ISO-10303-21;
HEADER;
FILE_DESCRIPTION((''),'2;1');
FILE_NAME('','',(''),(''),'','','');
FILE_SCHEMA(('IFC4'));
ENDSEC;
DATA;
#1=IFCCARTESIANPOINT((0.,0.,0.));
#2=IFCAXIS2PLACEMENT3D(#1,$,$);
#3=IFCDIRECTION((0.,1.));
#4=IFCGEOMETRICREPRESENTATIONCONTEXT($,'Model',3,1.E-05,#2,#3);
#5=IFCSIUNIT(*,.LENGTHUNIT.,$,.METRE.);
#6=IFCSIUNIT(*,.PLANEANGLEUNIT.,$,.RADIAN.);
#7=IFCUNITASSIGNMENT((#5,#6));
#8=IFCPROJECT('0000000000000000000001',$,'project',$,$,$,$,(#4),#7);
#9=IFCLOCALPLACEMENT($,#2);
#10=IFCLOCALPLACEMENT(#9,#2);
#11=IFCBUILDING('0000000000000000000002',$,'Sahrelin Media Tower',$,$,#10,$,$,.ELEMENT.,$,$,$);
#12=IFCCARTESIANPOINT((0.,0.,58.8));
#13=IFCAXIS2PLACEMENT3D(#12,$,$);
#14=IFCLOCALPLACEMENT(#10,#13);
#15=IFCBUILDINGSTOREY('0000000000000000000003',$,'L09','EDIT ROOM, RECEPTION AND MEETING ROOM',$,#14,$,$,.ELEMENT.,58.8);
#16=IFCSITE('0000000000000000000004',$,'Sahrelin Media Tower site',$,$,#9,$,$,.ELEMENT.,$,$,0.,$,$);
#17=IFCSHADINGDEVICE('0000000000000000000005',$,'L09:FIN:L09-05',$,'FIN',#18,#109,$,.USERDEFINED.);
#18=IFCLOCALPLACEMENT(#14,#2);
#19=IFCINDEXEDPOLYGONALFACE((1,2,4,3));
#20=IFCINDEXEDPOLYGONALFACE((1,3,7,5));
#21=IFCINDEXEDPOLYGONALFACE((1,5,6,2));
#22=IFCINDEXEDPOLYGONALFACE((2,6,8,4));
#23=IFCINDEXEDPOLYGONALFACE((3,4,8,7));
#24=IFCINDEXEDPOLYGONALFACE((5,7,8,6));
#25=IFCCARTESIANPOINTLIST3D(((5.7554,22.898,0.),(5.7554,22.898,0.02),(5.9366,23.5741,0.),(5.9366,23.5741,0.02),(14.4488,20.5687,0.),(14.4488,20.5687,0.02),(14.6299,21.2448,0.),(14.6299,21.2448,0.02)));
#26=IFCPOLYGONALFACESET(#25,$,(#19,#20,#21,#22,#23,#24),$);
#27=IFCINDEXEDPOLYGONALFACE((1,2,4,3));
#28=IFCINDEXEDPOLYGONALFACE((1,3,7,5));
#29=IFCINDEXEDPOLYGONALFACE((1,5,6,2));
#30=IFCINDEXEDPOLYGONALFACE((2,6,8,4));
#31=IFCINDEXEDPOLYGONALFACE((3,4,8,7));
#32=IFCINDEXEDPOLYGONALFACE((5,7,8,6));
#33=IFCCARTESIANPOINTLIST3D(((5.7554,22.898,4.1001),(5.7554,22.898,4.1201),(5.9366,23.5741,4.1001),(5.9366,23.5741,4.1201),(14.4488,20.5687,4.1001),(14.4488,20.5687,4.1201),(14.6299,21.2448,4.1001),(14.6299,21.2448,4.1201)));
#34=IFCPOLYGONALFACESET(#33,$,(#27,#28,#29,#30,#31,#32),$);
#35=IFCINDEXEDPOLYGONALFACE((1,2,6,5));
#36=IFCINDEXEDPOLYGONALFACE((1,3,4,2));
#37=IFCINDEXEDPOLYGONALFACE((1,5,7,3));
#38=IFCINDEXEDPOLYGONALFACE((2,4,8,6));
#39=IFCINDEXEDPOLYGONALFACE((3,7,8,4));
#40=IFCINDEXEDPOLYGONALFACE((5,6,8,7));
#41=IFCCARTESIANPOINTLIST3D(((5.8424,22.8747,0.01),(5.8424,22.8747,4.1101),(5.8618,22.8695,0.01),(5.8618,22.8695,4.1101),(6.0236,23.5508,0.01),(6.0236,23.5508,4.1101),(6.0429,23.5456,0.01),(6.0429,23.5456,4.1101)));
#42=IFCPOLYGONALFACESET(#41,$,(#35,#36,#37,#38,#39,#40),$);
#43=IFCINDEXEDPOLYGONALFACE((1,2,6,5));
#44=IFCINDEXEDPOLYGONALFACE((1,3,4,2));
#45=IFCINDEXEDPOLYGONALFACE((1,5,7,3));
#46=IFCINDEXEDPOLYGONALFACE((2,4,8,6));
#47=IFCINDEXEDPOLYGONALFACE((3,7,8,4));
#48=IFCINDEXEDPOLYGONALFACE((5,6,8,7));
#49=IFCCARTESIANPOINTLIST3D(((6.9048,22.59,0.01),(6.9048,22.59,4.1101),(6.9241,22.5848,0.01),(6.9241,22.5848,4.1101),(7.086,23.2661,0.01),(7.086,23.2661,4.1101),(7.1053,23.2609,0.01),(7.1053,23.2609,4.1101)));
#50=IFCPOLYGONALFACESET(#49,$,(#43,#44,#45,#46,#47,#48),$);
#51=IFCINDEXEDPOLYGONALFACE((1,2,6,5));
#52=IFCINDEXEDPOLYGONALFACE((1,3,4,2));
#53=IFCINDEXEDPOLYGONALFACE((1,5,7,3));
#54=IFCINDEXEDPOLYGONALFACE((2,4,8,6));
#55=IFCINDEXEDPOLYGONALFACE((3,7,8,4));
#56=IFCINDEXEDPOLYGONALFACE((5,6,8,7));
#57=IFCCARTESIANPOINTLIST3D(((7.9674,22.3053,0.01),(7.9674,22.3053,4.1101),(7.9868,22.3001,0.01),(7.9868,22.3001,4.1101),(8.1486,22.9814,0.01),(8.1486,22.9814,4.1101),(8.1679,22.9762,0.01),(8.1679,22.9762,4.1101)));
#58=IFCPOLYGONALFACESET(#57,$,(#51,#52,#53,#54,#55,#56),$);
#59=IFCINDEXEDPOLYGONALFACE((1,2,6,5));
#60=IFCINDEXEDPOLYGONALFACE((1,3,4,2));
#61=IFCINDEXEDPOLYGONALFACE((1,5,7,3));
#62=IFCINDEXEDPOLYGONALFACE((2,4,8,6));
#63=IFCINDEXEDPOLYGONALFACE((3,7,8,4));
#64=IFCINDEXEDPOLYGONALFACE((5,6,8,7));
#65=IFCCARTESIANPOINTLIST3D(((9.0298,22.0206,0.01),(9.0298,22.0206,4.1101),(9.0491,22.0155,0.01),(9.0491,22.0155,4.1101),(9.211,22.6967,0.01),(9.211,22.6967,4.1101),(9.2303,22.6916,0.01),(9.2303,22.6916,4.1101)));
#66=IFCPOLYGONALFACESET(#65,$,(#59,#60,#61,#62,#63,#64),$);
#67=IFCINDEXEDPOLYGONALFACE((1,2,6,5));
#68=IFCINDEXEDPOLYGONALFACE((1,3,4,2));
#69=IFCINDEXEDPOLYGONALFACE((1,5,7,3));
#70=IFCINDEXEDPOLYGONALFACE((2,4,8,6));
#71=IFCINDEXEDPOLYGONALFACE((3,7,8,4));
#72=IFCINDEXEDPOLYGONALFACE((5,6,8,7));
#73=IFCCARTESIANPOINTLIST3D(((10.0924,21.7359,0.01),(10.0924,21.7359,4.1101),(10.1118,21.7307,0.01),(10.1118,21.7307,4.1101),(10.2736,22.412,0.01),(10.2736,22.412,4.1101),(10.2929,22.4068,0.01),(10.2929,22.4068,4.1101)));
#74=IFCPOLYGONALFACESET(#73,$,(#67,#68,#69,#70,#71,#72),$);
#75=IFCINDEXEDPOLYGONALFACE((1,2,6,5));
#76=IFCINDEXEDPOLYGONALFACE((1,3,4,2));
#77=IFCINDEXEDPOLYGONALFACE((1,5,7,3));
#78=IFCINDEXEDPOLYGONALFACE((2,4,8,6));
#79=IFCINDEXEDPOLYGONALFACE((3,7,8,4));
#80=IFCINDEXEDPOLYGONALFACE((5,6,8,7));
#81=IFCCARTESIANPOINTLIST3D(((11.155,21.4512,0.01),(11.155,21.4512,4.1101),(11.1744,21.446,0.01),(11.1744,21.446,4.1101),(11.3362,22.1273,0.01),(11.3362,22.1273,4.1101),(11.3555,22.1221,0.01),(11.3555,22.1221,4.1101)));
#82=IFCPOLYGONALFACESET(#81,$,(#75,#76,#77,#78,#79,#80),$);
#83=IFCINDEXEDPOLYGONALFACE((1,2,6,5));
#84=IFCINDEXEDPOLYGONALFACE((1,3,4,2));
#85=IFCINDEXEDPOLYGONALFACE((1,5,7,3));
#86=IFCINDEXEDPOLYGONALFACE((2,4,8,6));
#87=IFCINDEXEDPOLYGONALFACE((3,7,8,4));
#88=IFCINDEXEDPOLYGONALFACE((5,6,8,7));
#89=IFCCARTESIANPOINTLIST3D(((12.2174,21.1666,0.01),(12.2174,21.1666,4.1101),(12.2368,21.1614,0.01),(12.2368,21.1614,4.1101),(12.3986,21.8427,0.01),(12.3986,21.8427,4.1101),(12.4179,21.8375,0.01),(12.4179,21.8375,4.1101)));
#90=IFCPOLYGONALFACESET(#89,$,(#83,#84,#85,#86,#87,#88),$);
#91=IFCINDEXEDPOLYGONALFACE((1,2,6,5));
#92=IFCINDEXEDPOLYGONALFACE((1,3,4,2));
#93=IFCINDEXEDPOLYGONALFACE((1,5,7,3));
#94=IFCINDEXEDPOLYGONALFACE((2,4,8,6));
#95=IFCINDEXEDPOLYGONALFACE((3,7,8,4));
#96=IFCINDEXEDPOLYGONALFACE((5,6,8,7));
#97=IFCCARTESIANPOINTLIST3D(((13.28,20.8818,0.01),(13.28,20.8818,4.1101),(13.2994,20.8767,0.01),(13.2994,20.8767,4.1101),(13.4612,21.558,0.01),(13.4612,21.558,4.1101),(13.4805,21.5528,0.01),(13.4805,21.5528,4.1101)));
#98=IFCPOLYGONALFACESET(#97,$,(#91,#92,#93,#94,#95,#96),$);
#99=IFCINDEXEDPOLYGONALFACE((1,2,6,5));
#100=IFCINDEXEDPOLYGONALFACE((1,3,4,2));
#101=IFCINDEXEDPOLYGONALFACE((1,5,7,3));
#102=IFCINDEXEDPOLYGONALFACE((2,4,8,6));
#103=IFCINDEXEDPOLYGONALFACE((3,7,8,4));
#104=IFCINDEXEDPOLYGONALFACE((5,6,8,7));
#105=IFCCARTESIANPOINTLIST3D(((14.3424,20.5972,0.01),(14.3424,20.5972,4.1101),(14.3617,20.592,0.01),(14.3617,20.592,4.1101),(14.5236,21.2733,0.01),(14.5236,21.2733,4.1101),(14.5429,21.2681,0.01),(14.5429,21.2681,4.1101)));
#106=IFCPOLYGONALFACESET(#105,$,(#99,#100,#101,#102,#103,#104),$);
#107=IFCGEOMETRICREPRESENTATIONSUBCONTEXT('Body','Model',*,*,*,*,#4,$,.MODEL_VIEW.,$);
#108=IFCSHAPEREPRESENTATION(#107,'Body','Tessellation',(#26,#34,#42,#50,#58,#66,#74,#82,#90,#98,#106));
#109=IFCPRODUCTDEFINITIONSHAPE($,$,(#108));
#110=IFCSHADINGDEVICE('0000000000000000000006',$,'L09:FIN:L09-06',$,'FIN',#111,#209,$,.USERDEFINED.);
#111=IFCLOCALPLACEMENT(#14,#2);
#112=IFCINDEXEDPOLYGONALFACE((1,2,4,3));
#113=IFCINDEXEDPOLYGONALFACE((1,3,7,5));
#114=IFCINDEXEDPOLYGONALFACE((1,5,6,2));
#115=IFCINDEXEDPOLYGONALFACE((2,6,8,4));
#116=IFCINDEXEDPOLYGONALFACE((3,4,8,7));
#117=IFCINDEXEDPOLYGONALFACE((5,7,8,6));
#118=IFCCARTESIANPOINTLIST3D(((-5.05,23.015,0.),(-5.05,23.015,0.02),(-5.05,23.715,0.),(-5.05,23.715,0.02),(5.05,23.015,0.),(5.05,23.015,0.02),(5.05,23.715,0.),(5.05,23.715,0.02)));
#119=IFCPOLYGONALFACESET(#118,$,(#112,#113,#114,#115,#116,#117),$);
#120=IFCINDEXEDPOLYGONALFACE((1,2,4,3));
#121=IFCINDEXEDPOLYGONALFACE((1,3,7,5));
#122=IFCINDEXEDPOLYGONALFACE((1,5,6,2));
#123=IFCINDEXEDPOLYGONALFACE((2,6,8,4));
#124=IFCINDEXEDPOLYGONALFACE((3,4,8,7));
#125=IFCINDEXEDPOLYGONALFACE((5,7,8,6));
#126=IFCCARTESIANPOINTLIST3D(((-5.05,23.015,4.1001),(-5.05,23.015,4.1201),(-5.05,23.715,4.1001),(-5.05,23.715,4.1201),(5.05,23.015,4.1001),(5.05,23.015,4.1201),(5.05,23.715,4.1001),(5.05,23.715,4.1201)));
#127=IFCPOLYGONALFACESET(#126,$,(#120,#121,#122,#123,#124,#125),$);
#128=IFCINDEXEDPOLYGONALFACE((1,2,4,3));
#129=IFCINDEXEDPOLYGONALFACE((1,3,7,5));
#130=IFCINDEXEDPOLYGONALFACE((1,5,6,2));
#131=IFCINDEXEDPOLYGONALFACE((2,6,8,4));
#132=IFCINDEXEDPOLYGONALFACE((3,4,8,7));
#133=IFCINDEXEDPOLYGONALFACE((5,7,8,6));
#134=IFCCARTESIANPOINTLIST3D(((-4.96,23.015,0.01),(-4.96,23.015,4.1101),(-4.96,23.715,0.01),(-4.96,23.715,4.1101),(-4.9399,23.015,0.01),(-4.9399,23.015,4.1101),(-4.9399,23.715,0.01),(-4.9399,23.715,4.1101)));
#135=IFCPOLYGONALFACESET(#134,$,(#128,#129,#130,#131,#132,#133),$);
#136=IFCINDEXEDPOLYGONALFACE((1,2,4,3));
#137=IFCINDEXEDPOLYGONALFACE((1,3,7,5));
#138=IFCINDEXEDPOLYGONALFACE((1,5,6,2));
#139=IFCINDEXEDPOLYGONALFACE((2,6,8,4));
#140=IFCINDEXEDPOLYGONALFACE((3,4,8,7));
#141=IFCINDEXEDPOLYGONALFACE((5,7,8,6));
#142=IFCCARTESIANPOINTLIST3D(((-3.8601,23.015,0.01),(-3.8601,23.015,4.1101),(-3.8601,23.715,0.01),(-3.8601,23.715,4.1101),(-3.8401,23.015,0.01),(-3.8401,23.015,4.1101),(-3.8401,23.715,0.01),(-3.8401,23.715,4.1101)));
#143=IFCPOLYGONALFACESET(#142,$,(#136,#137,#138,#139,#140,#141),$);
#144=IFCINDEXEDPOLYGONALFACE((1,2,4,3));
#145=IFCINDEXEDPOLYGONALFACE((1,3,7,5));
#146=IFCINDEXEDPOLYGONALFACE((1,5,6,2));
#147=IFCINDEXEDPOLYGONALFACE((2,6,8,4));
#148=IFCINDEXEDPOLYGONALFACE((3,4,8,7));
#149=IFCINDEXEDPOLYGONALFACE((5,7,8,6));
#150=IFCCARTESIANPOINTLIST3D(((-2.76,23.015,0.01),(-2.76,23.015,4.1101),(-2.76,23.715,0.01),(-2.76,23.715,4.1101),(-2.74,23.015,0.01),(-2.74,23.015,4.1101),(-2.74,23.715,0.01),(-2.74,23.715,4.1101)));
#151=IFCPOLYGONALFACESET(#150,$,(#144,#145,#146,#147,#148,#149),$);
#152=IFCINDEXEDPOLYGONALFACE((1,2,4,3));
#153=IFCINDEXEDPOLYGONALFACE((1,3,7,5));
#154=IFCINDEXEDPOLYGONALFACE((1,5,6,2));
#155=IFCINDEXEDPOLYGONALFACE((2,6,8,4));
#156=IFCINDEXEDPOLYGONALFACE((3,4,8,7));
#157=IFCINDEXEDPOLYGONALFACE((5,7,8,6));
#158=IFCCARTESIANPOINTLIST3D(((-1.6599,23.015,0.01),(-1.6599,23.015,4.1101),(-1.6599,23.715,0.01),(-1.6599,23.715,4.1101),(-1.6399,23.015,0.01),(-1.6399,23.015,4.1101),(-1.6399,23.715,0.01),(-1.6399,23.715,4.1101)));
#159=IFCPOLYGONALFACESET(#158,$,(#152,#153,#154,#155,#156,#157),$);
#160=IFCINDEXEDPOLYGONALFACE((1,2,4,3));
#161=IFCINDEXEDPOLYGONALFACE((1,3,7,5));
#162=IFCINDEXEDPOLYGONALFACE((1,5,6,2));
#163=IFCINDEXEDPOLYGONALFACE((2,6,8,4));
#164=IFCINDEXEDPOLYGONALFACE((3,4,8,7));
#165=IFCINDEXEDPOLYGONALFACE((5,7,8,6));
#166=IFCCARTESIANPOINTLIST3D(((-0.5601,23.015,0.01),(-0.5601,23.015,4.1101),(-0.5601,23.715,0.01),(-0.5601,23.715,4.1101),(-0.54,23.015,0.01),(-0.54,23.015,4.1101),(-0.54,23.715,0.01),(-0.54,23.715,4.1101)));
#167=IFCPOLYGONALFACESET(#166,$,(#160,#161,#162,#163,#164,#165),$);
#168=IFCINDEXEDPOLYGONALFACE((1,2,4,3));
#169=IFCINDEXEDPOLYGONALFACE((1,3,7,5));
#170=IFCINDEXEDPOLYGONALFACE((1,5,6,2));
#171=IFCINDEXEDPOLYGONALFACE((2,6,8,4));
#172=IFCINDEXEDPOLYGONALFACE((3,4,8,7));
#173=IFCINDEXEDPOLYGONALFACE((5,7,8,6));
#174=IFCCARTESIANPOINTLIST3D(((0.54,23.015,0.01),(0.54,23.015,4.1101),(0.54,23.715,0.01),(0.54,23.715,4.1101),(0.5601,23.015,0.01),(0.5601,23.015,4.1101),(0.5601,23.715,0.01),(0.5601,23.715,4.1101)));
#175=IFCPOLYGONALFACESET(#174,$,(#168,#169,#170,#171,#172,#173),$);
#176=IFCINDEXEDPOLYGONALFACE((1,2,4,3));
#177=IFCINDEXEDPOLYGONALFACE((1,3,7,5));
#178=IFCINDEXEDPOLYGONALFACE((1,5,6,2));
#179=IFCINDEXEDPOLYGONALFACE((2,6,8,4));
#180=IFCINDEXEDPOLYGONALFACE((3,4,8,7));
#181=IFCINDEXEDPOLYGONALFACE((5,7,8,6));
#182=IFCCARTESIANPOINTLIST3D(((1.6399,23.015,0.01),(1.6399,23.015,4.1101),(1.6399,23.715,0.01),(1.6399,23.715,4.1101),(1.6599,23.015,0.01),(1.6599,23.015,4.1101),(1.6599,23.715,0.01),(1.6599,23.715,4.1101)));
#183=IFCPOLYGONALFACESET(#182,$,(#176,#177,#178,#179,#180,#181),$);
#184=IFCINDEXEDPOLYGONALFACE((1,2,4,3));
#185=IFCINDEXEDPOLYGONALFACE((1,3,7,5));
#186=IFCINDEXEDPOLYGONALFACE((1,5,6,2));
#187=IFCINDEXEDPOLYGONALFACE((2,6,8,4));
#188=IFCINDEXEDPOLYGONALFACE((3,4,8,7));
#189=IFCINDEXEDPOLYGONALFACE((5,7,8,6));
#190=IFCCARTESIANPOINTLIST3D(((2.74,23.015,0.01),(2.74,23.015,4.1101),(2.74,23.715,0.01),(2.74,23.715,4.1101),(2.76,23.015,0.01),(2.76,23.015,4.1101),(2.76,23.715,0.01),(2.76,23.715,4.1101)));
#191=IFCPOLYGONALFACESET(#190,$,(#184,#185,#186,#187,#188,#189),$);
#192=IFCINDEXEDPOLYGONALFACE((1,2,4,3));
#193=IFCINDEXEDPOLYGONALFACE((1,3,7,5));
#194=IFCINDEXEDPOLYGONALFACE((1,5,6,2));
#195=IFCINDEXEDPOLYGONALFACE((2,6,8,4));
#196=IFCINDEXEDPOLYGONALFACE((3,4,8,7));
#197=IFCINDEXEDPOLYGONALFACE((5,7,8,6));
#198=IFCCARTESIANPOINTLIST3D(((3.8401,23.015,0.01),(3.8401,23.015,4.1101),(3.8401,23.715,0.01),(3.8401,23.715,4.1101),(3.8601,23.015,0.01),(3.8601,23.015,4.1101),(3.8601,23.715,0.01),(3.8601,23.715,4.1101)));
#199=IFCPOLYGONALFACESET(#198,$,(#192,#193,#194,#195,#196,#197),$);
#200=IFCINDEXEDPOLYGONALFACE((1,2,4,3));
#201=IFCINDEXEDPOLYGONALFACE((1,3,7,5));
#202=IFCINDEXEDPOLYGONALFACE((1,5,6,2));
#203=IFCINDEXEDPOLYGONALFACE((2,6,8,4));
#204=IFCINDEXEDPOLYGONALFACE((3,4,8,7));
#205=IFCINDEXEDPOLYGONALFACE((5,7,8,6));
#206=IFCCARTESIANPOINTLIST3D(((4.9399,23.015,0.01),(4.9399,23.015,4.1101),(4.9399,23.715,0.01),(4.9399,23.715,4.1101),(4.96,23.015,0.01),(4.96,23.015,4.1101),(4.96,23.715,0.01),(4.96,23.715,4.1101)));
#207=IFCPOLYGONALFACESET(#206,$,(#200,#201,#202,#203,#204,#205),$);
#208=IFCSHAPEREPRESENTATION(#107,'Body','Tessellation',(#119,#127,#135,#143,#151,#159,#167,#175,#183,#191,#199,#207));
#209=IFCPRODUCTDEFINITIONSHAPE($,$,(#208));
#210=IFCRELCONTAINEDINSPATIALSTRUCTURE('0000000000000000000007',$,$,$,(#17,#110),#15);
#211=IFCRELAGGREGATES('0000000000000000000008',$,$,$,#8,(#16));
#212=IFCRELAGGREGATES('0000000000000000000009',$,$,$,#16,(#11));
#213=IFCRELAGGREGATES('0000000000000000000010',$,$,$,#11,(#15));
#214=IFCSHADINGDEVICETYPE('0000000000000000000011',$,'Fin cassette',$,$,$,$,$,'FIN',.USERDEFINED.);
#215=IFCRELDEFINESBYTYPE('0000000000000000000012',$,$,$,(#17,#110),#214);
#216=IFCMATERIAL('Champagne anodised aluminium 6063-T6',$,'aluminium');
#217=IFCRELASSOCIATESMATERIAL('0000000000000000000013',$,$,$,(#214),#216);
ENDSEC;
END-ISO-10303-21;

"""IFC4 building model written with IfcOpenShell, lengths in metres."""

from ifc_helpers import new_model, si_unit, direction, frame, origin, origin_2d, place, context, subcontext, project, spatial, rectangle, extrude, material, type_object, element, save


model = new_model("IFC4")

# Units and contexts
model_context = context("Model", 3, precision=1e-05, world=origin(), true_north=direction((0.0, 1.0)))
body_context = subcontext(model_context, "Body", "Model", "MODEL_VIEW")
ifc_project = project(units=[si_unit("LENGTHUNIT", "METRE"), si_unit("PLANEANGLEUNIT", "RADIAN")], contexts=[model_context])

# Site, building, storey
site_placement = place(None, origin())
site = spatial("IfcSite", under=ifc_project, at=site_placement, Name="Sahrelin Media Tower site", CompositionType="ELEMENT", RefElevation=0.0)
building_placement = place(site_placement, origin())
building = spatial("IfcBuilding", under=site, at=building_placement, Name="Sahrelin Media Tower", CompositionType="ELEMENT")
storey_placement = place(building_placement, frame((0.0, 0.0, 58.8)))
storey = spatial("IfcBuildingStorey", under=building, at=storey_placement, Name="L09", Description="EDIT ROOM, RECEPTION AND MEETING ROOM", CompositionType="ELEMENT", Elevation=58.8)

# Shared definitions
ifc_material_1 = material(Name="Champagne anodised aluminium 6063-T6", Category="aluminium")
placement_1 = place(storey_placement, frame((0.0, 22.9451, 0.0), z_axis=(0.0, 0.0, 1.0), x_axis=(1.0, 0.0, 0.0)))

# Shading devices
shading_device_type_1 = type_object("IfcShadingDeviceType", Name="Fin cassette", ElementType="FIN", PredefinedType="USERDEFINED", material=ifc_material_1)
placement_2 = place(storey_placement, frame((10.084, 21.6658, 0.0), z_axis=(0.0, 0.0, 1.0), x_axis=(0.965929, -0.258808, 0.0)))
element("IfcShadingDevice", 1, at=placement_2, inside=storey, type_object=shading_device_type_1, Name="L09:FIN:L09-05", ObjectType="FIN", PredefinedType="USERDEFINED", context=body_context, shape_type="SweptSolid", body=[
    extrude(rectangle(XDim=9.0, YDim=0.7, at=origin_2d()), frame((0.0, 0.4199, 0.0)), (0.0, 0.0, 1.0), 0.02),
    extrude(rectangle(XDim=9.0, YDim=0.7, at=origin_2d()), frame((0.0, 0.4199, 4.1001)), (0.0, 0.0, 1.0), 0.02),
    extrude(rectangle(XDim=0.02, YDim=0.7, at=origin_2d()), frame((-4.3999, 0.4199, 0.01), z_axis=(0.0, 0.0, 1.0), x_axis=(1.0, 0.0, 0.0)), (0.0, 0.0, 1.0), 4.1001),
    extrude(rectangle(XDim=0.02, YDim=0.7, at=origin_2d()), frame((-3.3, 0.4199, 0.01), z_axis=(0.0, 0.0, 1.0), x_axis=(1.0, 0.0, 0.0)), (0.0, 0.0, 1.0), 4.1001),
    extrude(rectangle(XDim=0.02, YDim=0.7, at=origin_2d()), frame((-2.2, 0.4199, 0.01), z_axis=(0.0, 0.0, 1.0), x_axis=(1.0, 0.0, 0.0)), (0.0, 0.0, 1.0), 4.1001),
    extrude(rectangle(XDim=0.02, YDim=0.7, at=origin_2d()), frame((-1.1001, 0.4199, 0.01), z_axis=(0.0, 0.0, 1.0), x_axis=(1.0, 0.0, 0.0)), (0.0, 0.0, 1.0), 4.1001),
    extrude(rectangle(XDim=0.02, YDim=0.7, at=origin_2d()), frame((0.0, 0.4199, 0.01), z_axis=(0.0, 0.0, 1.0), x_axis=(1.0, 0.0, 0.0)), (0.0, 0.0, 1.0), 4.1001),
    extrude(rectangle(XDim=0.02, YDim=0.7, at=origin_2d()), frame((1.1001, 0.4199, 0.01), z_axis=(0.0, 0.0, 1.0), x_axis=(1.0, 0.0, 0.0)), (0.0, 0.0, 1.0), 4.1001),
    extrude(rectangle(XDim=0.02, YDim=0.7, at=origin_2d()), frame((2.2, 0.4199, 0.01), z_axis=(0.0, 0.0, 1.0), x_axis=(1.0, 0.0, 0.0)), (0.0, 0.0, 1.0), 4.1001),
    extrude(rectangle(XDim=0.02, YDim=0.7, at=origin_2d()), frame((3.3, 0.4199, 0.01), z_axis=(0.0, 0.0, 1.0), x_axis=(1.0, 0.0, 0.0)), (0.0, 0.0, 1.0), 4.1001),
    extrude(rectangle(XDim=0.02, YDim=0.7, at=origin_2d()), frame((4.3999, 0.4199, 0.01), z_axis=(0.0, 0.0, 1.0), x_axis=(1.0, 0.0, 0.0)), (0.0, 0.0, 1.0), 4.1001),
])
element("IfcShadingDevice", 2, at=placement_1, inside=storey, type_object=shading_device_type_1, Name="L09:FIN:L09-06", ObjectType="FIN", PredefinedType="USERDEFINED", context=body_context, shape_type="SweptSolid", body=[
    extrude(rectangle(XDim=10.1001, YDim=0.7, at=origin_2d()), frame((0.0, 0.4199, 0.0)), (0.0, 0.0, 1.0), 0.02),
    extrude(rectangle(XDim=10.1001, YDim=0.7, at=origin_2d()), frame((0.0, 0.4199, 4.1001)), (0.0, 0.0, 1.0), 0.02),
    extrude(rectangle(XDim=0.02, YDim=0.7, at=origin_2d()), frame((-4.95, 0.4199, 0.01), z_axis=(0.0, 0.0, 1.0), x_axis=(1.0, 0.0, 0.0)), (0.0, 0.0, 1.0), 4.1001),
    extrude(rectangle(XDim=0.02, YDim=0.7, at=origin_2d()), frame((-3.8501, 0.4199, 0.01), z_axis=(0.0, 0.0, 1.0), x_axis=(1.0, 0.0, 0.0)), (0.0, 0.0, 1.0), 4.1001),
    extrude(rectangle(XDim=0.02, YDim=0.7, at=origin_2d()), frame((-2.75, 0.4199, 0.01), z_axis=(0.0, 0.0, 1.0), x_axis=(1.0, 0.0, 0.0)), (0.0, 0.0, 1.0), 4.1001),
    extrude(rectangle(XDim=0.02, YDim=0.7, at=origin_2d()), frame((-1.6499, 0.4199, 0.01), z_axis=(0.0, 0.0, 1.0), x_axis=(1.0, 0.0, 0.0)), (0.0, 0.0, 1.0), 4.1001),
    extrude(rectangle(XDim=0.02, YDim=0.7, at=origin_2d()), frame((-0.55, 0.4199, 0.01), z_axis=(0.0, 0.0, 1.0), x_axis=(1.0, 0.0, 0.0)), (0.0, 0.0, 1.0), 4.1001),
    extrude(rectangle(XDim=0.02, YDim=0.7, at=origin_2d()), frame((0.55, 0.4199, 0.01), z_axis=(0.0, 0.0, 1.0), x_axis=(1.0, 0.0, 0.0)), (0.0, 0.0, 1.0), 4.1001),
    extrude(rectangle(XDim=0.02, YDim=0.7, at=origin_2d()), frame((1.6499, 0.4199, 0.01), z_axis=(0.0, 0.0, 1.0), x_axis=(1.0, 0.0, 0.0)), (0.0, 0.0, 1.0), 4.1001),
    extrude(rectangle(XDim=0.02, YDim=0.7, at=origin_2d()), frame((2.75, 0.4199, 0.01), z_axis=(0.0, 0.0, 1.0), x_axis=(1.0, 0.0, 0.0)), (0.0, 0.0, 1.0), 4.1001),
    extrude(rectangle(XDim=0.02, YDim=0.7, at=origin_2d()), frame((3.8501, 0.4199, 0.01), z_axis=(0.0, 0.0, 1.0), x_axis=(1.0, 0.0, 0.0)), (0.0, 0.0, 1.0), 4.1001),
    extrude(rectangle(XDim=0.02, YDim=0.7, at=origin_2d()), frame((4.95, 0.4199, 0.01), z_axis=(0.0, 0.0, 1.0), x_axis=(1.0, 0.0, 0.0)), (0.0, 0.0, 1.0), 4.1001),
])

save(model, "model.ifc")
